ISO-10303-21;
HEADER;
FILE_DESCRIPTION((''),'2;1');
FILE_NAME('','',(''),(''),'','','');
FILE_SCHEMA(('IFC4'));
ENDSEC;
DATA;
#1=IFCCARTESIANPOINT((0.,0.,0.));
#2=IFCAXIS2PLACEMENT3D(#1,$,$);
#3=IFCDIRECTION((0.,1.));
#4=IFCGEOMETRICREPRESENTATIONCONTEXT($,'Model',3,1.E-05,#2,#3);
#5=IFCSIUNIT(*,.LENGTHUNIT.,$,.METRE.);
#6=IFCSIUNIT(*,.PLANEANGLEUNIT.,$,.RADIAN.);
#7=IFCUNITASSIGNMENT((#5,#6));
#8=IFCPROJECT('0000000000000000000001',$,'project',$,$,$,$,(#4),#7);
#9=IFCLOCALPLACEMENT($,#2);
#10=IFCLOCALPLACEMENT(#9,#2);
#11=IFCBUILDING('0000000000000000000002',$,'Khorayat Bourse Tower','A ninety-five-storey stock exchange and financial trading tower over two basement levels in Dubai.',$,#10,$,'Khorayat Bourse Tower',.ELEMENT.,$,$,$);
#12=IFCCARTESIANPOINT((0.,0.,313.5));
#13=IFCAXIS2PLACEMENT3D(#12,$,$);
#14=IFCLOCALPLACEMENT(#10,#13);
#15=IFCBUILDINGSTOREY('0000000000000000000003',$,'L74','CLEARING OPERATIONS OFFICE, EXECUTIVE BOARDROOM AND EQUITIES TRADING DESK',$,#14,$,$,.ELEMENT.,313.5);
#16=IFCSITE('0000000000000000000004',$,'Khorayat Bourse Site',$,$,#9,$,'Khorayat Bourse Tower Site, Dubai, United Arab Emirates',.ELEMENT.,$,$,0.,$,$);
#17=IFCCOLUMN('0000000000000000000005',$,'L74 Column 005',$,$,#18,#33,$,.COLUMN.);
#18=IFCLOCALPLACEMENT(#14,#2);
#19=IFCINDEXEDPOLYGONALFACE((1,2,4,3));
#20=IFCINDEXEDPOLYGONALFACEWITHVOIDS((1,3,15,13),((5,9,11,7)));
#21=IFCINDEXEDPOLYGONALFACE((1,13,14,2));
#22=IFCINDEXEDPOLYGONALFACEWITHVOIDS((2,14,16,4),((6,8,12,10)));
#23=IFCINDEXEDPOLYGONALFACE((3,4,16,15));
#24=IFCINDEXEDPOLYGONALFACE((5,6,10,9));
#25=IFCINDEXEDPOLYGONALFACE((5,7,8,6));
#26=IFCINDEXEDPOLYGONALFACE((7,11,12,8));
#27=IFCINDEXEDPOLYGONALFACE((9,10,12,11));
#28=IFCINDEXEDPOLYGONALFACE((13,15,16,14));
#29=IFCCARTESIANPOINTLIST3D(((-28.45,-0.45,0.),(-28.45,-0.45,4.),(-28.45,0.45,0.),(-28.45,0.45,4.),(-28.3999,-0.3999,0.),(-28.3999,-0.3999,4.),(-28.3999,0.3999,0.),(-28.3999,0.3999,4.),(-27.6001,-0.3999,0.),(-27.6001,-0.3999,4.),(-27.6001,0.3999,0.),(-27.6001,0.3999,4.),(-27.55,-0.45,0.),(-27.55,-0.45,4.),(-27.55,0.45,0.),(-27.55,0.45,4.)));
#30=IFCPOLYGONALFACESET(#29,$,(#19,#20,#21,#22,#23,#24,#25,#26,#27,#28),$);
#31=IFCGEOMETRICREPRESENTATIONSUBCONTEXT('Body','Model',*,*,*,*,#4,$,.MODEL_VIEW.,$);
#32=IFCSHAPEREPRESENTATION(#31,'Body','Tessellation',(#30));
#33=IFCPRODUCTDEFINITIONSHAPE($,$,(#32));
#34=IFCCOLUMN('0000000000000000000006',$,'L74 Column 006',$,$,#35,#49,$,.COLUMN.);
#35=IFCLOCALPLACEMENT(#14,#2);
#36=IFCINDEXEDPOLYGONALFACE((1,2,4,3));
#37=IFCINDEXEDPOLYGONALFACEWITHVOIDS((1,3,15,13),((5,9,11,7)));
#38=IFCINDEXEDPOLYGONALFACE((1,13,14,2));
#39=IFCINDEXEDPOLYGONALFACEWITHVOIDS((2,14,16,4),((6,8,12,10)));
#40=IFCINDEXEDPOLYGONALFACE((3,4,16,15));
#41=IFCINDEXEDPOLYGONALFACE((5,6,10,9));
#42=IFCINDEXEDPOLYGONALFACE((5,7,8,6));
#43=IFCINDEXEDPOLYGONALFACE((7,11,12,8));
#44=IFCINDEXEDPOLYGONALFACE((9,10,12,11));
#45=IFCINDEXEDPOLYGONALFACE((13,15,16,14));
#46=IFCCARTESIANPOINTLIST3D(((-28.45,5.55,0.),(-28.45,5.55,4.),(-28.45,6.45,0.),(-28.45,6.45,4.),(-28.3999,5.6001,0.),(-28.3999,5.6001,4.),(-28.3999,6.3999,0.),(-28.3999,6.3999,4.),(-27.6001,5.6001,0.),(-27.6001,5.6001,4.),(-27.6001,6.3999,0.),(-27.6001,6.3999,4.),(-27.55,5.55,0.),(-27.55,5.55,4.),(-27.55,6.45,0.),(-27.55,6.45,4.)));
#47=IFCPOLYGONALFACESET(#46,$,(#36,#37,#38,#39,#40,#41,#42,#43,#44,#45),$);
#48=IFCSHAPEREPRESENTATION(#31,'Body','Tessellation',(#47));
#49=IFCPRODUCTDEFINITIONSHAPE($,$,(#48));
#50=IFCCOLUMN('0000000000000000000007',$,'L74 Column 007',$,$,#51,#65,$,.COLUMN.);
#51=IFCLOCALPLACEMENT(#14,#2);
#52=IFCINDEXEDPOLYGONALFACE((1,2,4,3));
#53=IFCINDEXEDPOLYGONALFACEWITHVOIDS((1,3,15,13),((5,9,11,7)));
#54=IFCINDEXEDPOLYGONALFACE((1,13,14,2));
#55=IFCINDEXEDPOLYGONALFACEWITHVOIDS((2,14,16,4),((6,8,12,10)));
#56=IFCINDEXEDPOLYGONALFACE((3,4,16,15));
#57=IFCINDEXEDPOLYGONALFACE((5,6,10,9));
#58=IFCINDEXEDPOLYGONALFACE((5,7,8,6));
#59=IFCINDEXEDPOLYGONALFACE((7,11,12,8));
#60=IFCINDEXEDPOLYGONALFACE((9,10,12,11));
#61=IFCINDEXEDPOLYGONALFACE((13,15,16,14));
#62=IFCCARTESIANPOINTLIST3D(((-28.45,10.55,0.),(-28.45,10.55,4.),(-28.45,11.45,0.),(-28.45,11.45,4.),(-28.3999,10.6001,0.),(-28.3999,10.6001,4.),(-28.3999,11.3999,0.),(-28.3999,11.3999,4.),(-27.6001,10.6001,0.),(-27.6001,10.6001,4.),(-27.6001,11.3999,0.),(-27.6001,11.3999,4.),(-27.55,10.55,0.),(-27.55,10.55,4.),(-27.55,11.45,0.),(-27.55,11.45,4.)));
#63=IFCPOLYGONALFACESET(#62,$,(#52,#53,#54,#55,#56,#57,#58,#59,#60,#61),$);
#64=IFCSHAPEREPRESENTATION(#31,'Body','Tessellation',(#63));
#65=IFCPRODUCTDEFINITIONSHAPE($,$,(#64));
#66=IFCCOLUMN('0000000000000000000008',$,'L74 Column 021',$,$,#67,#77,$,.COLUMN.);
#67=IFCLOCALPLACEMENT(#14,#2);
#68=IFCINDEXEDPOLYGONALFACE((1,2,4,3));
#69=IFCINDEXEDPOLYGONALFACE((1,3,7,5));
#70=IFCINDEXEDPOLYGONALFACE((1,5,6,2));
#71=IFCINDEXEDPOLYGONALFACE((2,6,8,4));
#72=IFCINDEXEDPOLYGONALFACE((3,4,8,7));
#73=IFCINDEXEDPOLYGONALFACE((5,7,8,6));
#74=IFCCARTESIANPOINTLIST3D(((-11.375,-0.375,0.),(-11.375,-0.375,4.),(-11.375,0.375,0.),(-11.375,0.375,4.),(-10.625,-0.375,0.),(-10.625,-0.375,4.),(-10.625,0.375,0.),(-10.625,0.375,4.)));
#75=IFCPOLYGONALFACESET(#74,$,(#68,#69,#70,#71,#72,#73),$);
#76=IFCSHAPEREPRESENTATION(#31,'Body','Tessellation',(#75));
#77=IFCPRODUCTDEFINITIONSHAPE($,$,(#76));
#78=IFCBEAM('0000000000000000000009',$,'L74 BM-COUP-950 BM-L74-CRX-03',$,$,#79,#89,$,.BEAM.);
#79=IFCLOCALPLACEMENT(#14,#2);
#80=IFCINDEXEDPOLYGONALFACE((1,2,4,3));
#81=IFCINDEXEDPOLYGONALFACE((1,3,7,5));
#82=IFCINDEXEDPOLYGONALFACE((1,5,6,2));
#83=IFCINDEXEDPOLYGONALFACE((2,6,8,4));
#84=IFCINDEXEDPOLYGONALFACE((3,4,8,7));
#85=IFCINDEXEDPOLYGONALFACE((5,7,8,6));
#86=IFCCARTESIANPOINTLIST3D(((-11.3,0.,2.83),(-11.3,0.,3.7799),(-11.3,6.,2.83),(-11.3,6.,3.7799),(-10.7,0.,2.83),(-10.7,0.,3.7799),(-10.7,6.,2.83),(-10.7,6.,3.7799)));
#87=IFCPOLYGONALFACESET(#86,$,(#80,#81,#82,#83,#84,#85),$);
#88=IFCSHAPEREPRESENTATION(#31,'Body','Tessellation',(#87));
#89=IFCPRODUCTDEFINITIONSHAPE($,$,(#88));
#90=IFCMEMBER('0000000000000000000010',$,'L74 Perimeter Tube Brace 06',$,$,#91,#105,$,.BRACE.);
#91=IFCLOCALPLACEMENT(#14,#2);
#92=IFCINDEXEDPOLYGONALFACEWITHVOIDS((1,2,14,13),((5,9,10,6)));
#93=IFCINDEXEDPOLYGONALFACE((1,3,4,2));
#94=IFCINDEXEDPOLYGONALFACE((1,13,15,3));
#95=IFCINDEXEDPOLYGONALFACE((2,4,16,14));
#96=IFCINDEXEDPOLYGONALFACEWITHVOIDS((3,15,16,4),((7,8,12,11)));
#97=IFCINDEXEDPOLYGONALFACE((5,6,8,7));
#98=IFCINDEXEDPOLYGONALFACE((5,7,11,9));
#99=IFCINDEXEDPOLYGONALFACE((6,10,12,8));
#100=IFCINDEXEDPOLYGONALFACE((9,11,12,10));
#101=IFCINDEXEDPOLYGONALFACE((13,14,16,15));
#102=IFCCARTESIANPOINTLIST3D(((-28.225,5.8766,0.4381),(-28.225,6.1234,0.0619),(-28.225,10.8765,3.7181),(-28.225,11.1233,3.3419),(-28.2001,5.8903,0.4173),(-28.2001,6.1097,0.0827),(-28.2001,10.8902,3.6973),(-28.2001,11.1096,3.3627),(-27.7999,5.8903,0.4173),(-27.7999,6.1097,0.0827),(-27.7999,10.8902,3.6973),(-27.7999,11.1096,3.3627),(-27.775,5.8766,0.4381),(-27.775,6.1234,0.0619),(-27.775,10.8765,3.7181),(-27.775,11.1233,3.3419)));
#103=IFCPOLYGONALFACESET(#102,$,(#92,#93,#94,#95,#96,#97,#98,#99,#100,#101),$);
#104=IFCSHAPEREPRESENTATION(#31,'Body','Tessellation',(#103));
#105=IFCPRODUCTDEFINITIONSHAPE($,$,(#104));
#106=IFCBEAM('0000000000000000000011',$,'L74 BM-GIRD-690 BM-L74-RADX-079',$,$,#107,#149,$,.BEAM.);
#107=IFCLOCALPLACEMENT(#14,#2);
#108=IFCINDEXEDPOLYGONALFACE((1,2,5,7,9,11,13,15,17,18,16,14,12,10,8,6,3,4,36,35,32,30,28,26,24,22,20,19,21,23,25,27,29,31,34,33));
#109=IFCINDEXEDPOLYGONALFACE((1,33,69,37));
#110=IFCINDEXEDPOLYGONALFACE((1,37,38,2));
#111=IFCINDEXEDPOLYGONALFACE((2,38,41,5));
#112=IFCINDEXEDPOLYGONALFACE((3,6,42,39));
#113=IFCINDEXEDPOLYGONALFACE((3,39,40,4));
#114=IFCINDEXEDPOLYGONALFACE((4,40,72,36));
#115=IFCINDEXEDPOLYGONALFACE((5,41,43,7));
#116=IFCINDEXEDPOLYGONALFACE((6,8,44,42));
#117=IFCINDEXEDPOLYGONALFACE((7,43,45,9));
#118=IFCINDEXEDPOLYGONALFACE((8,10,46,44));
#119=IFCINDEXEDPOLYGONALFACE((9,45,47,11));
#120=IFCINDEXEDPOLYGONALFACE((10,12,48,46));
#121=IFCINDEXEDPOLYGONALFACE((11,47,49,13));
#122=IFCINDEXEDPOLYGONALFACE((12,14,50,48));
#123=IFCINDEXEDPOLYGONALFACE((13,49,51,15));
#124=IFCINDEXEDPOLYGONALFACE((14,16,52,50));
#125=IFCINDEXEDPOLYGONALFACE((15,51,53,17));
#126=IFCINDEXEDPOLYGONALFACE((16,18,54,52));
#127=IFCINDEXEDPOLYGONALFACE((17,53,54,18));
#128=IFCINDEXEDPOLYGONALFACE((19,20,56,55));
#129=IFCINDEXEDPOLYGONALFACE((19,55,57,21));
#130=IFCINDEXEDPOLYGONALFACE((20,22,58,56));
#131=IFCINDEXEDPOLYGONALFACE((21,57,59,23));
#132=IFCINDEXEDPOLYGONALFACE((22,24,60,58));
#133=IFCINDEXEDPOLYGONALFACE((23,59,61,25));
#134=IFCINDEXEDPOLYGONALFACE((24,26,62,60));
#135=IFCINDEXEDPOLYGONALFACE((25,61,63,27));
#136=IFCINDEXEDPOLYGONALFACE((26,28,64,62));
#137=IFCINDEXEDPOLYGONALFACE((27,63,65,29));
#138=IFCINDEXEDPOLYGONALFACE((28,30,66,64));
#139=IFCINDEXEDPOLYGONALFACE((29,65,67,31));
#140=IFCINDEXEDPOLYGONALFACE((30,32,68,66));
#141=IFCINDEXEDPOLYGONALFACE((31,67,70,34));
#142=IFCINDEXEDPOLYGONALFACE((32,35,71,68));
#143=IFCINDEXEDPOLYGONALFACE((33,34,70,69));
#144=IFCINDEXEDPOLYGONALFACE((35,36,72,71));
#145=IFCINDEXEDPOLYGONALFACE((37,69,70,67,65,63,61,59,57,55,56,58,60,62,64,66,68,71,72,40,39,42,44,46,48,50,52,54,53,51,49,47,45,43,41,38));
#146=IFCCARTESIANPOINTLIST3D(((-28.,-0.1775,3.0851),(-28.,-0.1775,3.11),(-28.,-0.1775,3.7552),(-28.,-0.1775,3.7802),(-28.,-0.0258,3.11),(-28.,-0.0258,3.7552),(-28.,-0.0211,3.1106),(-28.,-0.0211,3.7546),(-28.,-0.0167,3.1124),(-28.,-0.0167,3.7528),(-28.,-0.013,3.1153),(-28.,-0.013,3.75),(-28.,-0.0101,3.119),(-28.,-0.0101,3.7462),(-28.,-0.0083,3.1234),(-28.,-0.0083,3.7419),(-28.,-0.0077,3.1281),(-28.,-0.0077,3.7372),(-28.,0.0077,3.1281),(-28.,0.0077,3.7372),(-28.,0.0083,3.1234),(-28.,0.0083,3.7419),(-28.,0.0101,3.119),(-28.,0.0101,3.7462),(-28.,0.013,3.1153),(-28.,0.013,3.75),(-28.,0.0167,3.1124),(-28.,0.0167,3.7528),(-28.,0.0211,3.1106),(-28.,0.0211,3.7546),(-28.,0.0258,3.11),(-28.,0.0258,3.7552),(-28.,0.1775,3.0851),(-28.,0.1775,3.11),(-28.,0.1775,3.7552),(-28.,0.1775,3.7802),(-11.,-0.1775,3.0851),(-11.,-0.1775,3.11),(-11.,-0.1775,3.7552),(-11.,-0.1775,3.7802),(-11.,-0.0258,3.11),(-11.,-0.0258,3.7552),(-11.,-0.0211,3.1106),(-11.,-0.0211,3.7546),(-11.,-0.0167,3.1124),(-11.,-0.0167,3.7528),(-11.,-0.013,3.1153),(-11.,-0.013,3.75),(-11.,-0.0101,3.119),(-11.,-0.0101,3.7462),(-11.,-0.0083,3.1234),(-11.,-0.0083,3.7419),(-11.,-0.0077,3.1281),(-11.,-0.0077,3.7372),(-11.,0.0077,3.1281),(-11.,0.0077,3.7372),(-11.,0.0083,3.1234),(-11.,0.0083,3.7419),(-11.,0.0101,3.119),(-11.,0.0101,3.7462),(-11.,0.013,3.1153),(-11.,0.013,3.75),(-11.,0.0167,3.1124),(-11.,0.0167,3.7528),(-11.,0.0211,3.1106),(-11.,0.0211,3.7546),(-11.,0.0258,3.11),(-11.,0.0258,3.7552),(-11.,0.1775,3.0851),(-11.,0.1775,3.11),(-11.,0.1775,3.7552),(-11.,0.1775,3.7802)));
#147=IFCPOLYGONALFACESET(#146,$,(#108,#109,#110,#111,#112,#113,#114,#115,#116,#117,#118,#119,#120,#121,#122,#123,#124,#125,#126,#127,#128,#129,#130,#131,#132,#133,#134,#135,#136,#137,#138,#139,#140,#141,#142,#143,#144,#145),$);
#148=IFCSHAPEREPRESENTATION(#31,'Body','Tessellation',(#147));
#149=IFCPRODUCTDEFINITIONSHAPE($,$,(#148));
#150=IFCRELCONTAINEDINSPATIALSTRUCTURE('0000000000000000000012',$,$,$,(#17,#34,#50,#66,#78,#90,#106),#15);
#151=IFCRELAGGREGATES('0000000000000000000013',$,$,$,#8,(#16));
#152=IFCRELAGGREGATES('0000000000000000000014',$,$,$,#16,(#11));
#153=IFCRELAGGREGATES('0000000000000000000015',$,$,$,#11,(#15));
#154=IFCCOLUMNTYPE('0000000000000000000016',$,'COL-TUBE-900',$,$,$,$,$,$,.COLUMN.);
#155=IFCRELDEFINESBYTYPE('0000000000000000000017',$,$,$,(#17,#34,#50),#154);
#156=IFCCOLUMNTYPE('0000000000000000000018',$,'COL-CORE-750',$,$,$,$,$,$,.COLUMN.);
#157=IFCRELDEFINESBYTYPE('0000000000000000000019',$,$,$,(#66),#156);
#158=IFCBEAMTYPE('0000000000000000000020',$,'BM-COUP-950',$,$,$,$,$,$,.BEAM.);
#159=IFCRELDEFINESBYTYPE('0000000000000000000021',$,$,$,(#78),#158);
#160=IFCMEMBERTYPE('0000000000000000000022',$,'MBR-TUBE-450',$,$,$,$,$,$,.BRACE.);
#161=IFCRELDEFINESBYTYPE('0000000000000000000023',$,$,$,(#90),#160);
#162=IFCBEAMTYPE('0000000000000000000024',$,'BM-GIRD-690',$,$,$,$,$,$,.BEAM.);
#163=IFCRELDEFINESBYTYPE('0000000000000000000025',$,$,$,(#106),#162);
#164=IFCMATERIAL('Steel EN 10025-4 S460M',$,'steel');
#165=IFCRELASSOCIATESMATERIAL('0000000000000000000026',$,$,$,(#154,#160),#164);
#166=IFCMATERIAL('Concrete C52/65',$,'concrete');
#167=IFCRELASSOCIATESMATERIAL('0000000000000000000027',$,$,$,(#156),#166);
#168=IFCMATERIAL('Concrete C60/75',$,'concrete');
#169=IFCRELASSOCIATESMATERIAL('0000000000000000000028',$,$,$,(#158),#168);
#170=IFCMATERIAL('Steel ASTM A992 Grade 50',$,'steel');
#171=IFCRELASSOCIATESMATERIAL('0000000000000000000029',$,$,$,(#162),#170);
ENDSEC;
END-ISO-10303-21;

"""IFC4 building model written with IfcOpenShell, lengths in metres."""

from ifc_helpers import new_model, si_unit, direction, frame, origin, origin_2d, place, context, subcontext, project, spatial, rectangle, hollow_rectangle, i_section, extrude, source, transform, mapped, material, material_profile, profile_set, type_object, element, save


model = new_model("IFC4")

# Units and contexts
model_context = context("Model", 3, precision=1e-05, world=origin(), true_north=direction((0.0, 1.0)))
body_context = subcontext(model_context, "Body", "Model", "MODEL_VIEW")
ifc_project = project(units=[si_unit("LENGTHUNIT", "METRE"), si_unit("PLANEANGLEUNIT", "RADIAN")], contexts=[model_context])

# Site, building, storey
site_placement = place(None, origin())
site = spatial("IfcSite", under=ifc_project, at=site_placement, Name="Khorayat Bourse Site", LongName="Khorayat Bourse Tower Site, Dubai, United Arab Emirates", CompositionType="ELEMENT", RefElevation=0.0)
building_placement = place(site_placement, origin())
building = spatial("IfcBuilding", under=site, at=building_placement, Name="Khorayat Bourse Tower", Description="A ninety-five-storey stock exchange and financial trading tower over two basement levels in Dubai.", LongName="Khorayat Bourse Tower", CompositionType="ELEMENT")
storey_placement = place(building_placement, frame((0.0, 0.0, 313.5)))
storey = spatial("IfcBuildingStorey", under=building, at=storey_placement, Name="L74", Description="CLEARING OPERATIONS OFFICE, EXECUTIVE BOARDROOM AND EQUITIES TRADING DESK", CompositionType="ELEMENT", Elevation=313.5)

# Columns
ifc_material_1 = material(Name="Steel EN 10025-4 S460M", Category="steel")
ifc_material_profile_1 = material_profile(ifc_material_1, hollow_rectangle(XDim=0.8999, YDim=0.8999, WallThickness=0.05, at=origin_2d()), Name="BOX 900x900x50")
ifc_profile_set_1 = profile_set([ifc_material_profile_1], Name="Steel EN 10025-4 S460M")
column_type_1 = type_object("IfcColumnType", Name="COL-TUBE-900", PredefinedType="COLUMN", material=ifc_profile_set_1)
shared_shape_1 = source(origin(), body_context, "Body", "SweptSolid", [
    extrude(hollow_rectangle(XDim=0.8999, YDim=0.8999, WallThickness=0.05, at=origin_2d()), origin(), (0.0, 0.0, 1.0), 4.0),
])
for number, where, z_axis, x_axis, name in (
    (1, (-28.0, 0.0, 0.0), (0.0, 0.0, 1.0), (1.0, 0.0, 0.0), "L74 Column 005"),
    (2, (-28.0, 6.0, 0.0), (0.0, 0.0, 1.0), (1.0, 0.0, 0.0), "L74 Column 006"),
    (3, (-28.0, 11.0, 0.0), (0.0, 0.0, 1.0), (1.0, 0.0, 0.0), "L74 Column 007"),
):
    element("IfcColumn", number, at=place(storey_placement, frame(where, z_axis=z_axis, x_axis=x_axis)), inside=storey, type_object=column_type_1, Name=name, PredefinedType="COLUMN", context=body_context, shape_type="MappedRepresentation", body=[
        mapped(shared_shape_1, transform((0.0, 0.0, 0.0), scale=1.0)),
    ])
ifc_material_2 = material(Name="Concrete C52/65", Category="concrete")
ifc_material_profile_2 = material_profile(ifc_material_2, rectangle(XDim=0.75, YDim=0.75, at=origin_2d()), Name="RC 750x750")
ifc_profile_set_2 = profile_set([ifc_material_profile_2], Name="Concrete C52/65")
column_type_2 = type_object("IfcColumnType", Name="COL-CORE-750", PredefinedType="COLUMN", material=ifc_profile_set_2)
shared_shape_2 = source(origin(), body_context, "Body", "SweptSolid", [
    extrude(rectangle(XDim=0.75, YDim=0.75, at=origin_2d()), origin(), (0.0, 0.0, 1.0), 4.0),
])
column_placement = place(storey_placement, frame((-11.0, 0.0, 0.0), z_axis=(0.0, 0.0, 1.0), x_axis=(1.0, 0.0, 0.0)))
element("IfcColumn", 4, at=column_placement, inside=storey, type_object=column_type_2, Name="L74 Column 021", PredefinedType="COLUMN", context=body_context, shape_type="MappedRepresentation", body=[
    mapped(shared_shape_2, transform((0.0, 0.0, 0.0), scale=1.0)),
])

# Beam
ifc_material_3 = material(Name="Concrete C60/75", Category="concrete")
ifc_material_profile_3 = material_profile(ifc_material_3, rectangle(XDim=0.6001, YDim=0.95, at=origin_2d()), Name="RC 600x950")
ifc_profile_set_3 = profile_set([ifc_material_profile_3], Name="Concrete C60/75")
beam_type_1 = type_object("IfcBeamType", Name="BM-COUP-950", PredefinedType="BEAM", material=ifc_profile_set_3)
shared_shape_3 = source(origin(), body_context, "Body", "SweptSolid", [
    extrude(rectangle(XDim=0.6001, YDim=0.95, at=origin_2d()), origin(), (0.0, 0.0, 1.0), 6.0),
])
beam_1_placement = place(storey_placement, frame((-11.0, 0.0, 3.3049), z_axis=(0.0, 1.0, 0.0), x_axis=(-1.0, 0.0, 0.0)))
element("IfcBeam", 5, at=beam_1_placement, inside=storey, type_object=beam_type_1, Name="L74 BM-COUP-950 BM-L74-CRX-03", PredefinedType="BEAM", context=body_context, shape_type="MappedRepresentation", body=[
    mapped(shared_shape_3, transform((0.0, 0.0, 0.0), scale=1.0)),
])

# Member
ifc_material_profile_4 = material_profile(ifc_material_1, hollow_rectangle(XDim=0.45, YDim=0.45, WallThickness=0.0249, at=origin_2d()), Name="HSS 450x450x25")
ifc_profile_set_4 = profile_set([ifc_material_profile_4], Name="Steel EN 10025-4 S460M")
member_type_1 = type_object("IfcMemberType", Name="MBR-TUBE-450", PredefinedType="BRACE", material=ifc_profile_set_4)
shared_shape_4 = source(origin(), body_context, "Body", "SweptSolid", [
    extrude(hollow_rectangle(XDim=0.45, YDim=0.45, WallThickness=0.0249, at=origin_2d()), origin(), (0.0, 0.0, 1.0), 5.9797),
])
member_1_placement = place(storey_placement, frame((-28.0, 6.0, 0.25), z_axis=(0.0, 0.836142, 0.548514), x_axis=(-1.0, 0.0, 0.0)))
element("IfcMember", 6, at=member_1_placement, inside=storey, type_object=member_type_1, Name="L74 Perimeter Tube Brace 06", PredefinedType="BRACE", context=body_context, shape_type="MappedRepresentation", body=[
    mapped(shared_shape_4, transform((0.0, 0.0, 0.0), scale=1.0)),
])

# Beam
ifc_material_4 = material(Name="Steel ASTM A992 Grade 50", Category="steel")
ifc_material_profile_5 = material_profile(ifc_material_4, i_section(OverallWidth=0.355, OverallDepth=0.6951, WebThickness=0.0154, FlangeThickness=0.0249, FilletRadius=0.0181, at=origin_2d()), Name="W690X217")
ifc_profile_set_5 = profile_set([ifc_material_profile_5], Name="Steel ASTM A992 Grade 50")
beam_type_2 = type_object("IfcBeamType", Name="BM-GIRD-690", PredefinedType="BEAM", material=ifc_profile_set_5)
shared_shape_5 = source(origin(), body_context, "Body", "SweptSolid", [
    extrude(i_section(OverallWidth=0.355, OverallDepth=0.6951, WebThickness=0.0154, FlangeThickness=0.0249, FilletRadius=0.0181, at=origin_2d()), origin(), (0.0, 0.0, 1.0), 17.0),
])
for number, where, z_axis, x_axis, name in (
    (7, (-28.0, 0.0, 3.4326), (1.0, 0.0, 0.0), (0.0, 1.0, 0.0), "L74 BM-GIRD-690 BM-L74-RADX-079"),
):
    element("IfcBeam", number, at=place(storey_placement, frame(where, z_axis=z_axis, x_axis=x_axis)), inside=storey, type_object=beam_type_2, Name=name, PredefinedType="BEAM", context=body_context, shape_type="MappedRepresentation", body=[
        mapped(shared_shape_5, transform((0.0, 0.0, 0.0), scale=1.0)),
    ])

save(model, "model.ifc")
